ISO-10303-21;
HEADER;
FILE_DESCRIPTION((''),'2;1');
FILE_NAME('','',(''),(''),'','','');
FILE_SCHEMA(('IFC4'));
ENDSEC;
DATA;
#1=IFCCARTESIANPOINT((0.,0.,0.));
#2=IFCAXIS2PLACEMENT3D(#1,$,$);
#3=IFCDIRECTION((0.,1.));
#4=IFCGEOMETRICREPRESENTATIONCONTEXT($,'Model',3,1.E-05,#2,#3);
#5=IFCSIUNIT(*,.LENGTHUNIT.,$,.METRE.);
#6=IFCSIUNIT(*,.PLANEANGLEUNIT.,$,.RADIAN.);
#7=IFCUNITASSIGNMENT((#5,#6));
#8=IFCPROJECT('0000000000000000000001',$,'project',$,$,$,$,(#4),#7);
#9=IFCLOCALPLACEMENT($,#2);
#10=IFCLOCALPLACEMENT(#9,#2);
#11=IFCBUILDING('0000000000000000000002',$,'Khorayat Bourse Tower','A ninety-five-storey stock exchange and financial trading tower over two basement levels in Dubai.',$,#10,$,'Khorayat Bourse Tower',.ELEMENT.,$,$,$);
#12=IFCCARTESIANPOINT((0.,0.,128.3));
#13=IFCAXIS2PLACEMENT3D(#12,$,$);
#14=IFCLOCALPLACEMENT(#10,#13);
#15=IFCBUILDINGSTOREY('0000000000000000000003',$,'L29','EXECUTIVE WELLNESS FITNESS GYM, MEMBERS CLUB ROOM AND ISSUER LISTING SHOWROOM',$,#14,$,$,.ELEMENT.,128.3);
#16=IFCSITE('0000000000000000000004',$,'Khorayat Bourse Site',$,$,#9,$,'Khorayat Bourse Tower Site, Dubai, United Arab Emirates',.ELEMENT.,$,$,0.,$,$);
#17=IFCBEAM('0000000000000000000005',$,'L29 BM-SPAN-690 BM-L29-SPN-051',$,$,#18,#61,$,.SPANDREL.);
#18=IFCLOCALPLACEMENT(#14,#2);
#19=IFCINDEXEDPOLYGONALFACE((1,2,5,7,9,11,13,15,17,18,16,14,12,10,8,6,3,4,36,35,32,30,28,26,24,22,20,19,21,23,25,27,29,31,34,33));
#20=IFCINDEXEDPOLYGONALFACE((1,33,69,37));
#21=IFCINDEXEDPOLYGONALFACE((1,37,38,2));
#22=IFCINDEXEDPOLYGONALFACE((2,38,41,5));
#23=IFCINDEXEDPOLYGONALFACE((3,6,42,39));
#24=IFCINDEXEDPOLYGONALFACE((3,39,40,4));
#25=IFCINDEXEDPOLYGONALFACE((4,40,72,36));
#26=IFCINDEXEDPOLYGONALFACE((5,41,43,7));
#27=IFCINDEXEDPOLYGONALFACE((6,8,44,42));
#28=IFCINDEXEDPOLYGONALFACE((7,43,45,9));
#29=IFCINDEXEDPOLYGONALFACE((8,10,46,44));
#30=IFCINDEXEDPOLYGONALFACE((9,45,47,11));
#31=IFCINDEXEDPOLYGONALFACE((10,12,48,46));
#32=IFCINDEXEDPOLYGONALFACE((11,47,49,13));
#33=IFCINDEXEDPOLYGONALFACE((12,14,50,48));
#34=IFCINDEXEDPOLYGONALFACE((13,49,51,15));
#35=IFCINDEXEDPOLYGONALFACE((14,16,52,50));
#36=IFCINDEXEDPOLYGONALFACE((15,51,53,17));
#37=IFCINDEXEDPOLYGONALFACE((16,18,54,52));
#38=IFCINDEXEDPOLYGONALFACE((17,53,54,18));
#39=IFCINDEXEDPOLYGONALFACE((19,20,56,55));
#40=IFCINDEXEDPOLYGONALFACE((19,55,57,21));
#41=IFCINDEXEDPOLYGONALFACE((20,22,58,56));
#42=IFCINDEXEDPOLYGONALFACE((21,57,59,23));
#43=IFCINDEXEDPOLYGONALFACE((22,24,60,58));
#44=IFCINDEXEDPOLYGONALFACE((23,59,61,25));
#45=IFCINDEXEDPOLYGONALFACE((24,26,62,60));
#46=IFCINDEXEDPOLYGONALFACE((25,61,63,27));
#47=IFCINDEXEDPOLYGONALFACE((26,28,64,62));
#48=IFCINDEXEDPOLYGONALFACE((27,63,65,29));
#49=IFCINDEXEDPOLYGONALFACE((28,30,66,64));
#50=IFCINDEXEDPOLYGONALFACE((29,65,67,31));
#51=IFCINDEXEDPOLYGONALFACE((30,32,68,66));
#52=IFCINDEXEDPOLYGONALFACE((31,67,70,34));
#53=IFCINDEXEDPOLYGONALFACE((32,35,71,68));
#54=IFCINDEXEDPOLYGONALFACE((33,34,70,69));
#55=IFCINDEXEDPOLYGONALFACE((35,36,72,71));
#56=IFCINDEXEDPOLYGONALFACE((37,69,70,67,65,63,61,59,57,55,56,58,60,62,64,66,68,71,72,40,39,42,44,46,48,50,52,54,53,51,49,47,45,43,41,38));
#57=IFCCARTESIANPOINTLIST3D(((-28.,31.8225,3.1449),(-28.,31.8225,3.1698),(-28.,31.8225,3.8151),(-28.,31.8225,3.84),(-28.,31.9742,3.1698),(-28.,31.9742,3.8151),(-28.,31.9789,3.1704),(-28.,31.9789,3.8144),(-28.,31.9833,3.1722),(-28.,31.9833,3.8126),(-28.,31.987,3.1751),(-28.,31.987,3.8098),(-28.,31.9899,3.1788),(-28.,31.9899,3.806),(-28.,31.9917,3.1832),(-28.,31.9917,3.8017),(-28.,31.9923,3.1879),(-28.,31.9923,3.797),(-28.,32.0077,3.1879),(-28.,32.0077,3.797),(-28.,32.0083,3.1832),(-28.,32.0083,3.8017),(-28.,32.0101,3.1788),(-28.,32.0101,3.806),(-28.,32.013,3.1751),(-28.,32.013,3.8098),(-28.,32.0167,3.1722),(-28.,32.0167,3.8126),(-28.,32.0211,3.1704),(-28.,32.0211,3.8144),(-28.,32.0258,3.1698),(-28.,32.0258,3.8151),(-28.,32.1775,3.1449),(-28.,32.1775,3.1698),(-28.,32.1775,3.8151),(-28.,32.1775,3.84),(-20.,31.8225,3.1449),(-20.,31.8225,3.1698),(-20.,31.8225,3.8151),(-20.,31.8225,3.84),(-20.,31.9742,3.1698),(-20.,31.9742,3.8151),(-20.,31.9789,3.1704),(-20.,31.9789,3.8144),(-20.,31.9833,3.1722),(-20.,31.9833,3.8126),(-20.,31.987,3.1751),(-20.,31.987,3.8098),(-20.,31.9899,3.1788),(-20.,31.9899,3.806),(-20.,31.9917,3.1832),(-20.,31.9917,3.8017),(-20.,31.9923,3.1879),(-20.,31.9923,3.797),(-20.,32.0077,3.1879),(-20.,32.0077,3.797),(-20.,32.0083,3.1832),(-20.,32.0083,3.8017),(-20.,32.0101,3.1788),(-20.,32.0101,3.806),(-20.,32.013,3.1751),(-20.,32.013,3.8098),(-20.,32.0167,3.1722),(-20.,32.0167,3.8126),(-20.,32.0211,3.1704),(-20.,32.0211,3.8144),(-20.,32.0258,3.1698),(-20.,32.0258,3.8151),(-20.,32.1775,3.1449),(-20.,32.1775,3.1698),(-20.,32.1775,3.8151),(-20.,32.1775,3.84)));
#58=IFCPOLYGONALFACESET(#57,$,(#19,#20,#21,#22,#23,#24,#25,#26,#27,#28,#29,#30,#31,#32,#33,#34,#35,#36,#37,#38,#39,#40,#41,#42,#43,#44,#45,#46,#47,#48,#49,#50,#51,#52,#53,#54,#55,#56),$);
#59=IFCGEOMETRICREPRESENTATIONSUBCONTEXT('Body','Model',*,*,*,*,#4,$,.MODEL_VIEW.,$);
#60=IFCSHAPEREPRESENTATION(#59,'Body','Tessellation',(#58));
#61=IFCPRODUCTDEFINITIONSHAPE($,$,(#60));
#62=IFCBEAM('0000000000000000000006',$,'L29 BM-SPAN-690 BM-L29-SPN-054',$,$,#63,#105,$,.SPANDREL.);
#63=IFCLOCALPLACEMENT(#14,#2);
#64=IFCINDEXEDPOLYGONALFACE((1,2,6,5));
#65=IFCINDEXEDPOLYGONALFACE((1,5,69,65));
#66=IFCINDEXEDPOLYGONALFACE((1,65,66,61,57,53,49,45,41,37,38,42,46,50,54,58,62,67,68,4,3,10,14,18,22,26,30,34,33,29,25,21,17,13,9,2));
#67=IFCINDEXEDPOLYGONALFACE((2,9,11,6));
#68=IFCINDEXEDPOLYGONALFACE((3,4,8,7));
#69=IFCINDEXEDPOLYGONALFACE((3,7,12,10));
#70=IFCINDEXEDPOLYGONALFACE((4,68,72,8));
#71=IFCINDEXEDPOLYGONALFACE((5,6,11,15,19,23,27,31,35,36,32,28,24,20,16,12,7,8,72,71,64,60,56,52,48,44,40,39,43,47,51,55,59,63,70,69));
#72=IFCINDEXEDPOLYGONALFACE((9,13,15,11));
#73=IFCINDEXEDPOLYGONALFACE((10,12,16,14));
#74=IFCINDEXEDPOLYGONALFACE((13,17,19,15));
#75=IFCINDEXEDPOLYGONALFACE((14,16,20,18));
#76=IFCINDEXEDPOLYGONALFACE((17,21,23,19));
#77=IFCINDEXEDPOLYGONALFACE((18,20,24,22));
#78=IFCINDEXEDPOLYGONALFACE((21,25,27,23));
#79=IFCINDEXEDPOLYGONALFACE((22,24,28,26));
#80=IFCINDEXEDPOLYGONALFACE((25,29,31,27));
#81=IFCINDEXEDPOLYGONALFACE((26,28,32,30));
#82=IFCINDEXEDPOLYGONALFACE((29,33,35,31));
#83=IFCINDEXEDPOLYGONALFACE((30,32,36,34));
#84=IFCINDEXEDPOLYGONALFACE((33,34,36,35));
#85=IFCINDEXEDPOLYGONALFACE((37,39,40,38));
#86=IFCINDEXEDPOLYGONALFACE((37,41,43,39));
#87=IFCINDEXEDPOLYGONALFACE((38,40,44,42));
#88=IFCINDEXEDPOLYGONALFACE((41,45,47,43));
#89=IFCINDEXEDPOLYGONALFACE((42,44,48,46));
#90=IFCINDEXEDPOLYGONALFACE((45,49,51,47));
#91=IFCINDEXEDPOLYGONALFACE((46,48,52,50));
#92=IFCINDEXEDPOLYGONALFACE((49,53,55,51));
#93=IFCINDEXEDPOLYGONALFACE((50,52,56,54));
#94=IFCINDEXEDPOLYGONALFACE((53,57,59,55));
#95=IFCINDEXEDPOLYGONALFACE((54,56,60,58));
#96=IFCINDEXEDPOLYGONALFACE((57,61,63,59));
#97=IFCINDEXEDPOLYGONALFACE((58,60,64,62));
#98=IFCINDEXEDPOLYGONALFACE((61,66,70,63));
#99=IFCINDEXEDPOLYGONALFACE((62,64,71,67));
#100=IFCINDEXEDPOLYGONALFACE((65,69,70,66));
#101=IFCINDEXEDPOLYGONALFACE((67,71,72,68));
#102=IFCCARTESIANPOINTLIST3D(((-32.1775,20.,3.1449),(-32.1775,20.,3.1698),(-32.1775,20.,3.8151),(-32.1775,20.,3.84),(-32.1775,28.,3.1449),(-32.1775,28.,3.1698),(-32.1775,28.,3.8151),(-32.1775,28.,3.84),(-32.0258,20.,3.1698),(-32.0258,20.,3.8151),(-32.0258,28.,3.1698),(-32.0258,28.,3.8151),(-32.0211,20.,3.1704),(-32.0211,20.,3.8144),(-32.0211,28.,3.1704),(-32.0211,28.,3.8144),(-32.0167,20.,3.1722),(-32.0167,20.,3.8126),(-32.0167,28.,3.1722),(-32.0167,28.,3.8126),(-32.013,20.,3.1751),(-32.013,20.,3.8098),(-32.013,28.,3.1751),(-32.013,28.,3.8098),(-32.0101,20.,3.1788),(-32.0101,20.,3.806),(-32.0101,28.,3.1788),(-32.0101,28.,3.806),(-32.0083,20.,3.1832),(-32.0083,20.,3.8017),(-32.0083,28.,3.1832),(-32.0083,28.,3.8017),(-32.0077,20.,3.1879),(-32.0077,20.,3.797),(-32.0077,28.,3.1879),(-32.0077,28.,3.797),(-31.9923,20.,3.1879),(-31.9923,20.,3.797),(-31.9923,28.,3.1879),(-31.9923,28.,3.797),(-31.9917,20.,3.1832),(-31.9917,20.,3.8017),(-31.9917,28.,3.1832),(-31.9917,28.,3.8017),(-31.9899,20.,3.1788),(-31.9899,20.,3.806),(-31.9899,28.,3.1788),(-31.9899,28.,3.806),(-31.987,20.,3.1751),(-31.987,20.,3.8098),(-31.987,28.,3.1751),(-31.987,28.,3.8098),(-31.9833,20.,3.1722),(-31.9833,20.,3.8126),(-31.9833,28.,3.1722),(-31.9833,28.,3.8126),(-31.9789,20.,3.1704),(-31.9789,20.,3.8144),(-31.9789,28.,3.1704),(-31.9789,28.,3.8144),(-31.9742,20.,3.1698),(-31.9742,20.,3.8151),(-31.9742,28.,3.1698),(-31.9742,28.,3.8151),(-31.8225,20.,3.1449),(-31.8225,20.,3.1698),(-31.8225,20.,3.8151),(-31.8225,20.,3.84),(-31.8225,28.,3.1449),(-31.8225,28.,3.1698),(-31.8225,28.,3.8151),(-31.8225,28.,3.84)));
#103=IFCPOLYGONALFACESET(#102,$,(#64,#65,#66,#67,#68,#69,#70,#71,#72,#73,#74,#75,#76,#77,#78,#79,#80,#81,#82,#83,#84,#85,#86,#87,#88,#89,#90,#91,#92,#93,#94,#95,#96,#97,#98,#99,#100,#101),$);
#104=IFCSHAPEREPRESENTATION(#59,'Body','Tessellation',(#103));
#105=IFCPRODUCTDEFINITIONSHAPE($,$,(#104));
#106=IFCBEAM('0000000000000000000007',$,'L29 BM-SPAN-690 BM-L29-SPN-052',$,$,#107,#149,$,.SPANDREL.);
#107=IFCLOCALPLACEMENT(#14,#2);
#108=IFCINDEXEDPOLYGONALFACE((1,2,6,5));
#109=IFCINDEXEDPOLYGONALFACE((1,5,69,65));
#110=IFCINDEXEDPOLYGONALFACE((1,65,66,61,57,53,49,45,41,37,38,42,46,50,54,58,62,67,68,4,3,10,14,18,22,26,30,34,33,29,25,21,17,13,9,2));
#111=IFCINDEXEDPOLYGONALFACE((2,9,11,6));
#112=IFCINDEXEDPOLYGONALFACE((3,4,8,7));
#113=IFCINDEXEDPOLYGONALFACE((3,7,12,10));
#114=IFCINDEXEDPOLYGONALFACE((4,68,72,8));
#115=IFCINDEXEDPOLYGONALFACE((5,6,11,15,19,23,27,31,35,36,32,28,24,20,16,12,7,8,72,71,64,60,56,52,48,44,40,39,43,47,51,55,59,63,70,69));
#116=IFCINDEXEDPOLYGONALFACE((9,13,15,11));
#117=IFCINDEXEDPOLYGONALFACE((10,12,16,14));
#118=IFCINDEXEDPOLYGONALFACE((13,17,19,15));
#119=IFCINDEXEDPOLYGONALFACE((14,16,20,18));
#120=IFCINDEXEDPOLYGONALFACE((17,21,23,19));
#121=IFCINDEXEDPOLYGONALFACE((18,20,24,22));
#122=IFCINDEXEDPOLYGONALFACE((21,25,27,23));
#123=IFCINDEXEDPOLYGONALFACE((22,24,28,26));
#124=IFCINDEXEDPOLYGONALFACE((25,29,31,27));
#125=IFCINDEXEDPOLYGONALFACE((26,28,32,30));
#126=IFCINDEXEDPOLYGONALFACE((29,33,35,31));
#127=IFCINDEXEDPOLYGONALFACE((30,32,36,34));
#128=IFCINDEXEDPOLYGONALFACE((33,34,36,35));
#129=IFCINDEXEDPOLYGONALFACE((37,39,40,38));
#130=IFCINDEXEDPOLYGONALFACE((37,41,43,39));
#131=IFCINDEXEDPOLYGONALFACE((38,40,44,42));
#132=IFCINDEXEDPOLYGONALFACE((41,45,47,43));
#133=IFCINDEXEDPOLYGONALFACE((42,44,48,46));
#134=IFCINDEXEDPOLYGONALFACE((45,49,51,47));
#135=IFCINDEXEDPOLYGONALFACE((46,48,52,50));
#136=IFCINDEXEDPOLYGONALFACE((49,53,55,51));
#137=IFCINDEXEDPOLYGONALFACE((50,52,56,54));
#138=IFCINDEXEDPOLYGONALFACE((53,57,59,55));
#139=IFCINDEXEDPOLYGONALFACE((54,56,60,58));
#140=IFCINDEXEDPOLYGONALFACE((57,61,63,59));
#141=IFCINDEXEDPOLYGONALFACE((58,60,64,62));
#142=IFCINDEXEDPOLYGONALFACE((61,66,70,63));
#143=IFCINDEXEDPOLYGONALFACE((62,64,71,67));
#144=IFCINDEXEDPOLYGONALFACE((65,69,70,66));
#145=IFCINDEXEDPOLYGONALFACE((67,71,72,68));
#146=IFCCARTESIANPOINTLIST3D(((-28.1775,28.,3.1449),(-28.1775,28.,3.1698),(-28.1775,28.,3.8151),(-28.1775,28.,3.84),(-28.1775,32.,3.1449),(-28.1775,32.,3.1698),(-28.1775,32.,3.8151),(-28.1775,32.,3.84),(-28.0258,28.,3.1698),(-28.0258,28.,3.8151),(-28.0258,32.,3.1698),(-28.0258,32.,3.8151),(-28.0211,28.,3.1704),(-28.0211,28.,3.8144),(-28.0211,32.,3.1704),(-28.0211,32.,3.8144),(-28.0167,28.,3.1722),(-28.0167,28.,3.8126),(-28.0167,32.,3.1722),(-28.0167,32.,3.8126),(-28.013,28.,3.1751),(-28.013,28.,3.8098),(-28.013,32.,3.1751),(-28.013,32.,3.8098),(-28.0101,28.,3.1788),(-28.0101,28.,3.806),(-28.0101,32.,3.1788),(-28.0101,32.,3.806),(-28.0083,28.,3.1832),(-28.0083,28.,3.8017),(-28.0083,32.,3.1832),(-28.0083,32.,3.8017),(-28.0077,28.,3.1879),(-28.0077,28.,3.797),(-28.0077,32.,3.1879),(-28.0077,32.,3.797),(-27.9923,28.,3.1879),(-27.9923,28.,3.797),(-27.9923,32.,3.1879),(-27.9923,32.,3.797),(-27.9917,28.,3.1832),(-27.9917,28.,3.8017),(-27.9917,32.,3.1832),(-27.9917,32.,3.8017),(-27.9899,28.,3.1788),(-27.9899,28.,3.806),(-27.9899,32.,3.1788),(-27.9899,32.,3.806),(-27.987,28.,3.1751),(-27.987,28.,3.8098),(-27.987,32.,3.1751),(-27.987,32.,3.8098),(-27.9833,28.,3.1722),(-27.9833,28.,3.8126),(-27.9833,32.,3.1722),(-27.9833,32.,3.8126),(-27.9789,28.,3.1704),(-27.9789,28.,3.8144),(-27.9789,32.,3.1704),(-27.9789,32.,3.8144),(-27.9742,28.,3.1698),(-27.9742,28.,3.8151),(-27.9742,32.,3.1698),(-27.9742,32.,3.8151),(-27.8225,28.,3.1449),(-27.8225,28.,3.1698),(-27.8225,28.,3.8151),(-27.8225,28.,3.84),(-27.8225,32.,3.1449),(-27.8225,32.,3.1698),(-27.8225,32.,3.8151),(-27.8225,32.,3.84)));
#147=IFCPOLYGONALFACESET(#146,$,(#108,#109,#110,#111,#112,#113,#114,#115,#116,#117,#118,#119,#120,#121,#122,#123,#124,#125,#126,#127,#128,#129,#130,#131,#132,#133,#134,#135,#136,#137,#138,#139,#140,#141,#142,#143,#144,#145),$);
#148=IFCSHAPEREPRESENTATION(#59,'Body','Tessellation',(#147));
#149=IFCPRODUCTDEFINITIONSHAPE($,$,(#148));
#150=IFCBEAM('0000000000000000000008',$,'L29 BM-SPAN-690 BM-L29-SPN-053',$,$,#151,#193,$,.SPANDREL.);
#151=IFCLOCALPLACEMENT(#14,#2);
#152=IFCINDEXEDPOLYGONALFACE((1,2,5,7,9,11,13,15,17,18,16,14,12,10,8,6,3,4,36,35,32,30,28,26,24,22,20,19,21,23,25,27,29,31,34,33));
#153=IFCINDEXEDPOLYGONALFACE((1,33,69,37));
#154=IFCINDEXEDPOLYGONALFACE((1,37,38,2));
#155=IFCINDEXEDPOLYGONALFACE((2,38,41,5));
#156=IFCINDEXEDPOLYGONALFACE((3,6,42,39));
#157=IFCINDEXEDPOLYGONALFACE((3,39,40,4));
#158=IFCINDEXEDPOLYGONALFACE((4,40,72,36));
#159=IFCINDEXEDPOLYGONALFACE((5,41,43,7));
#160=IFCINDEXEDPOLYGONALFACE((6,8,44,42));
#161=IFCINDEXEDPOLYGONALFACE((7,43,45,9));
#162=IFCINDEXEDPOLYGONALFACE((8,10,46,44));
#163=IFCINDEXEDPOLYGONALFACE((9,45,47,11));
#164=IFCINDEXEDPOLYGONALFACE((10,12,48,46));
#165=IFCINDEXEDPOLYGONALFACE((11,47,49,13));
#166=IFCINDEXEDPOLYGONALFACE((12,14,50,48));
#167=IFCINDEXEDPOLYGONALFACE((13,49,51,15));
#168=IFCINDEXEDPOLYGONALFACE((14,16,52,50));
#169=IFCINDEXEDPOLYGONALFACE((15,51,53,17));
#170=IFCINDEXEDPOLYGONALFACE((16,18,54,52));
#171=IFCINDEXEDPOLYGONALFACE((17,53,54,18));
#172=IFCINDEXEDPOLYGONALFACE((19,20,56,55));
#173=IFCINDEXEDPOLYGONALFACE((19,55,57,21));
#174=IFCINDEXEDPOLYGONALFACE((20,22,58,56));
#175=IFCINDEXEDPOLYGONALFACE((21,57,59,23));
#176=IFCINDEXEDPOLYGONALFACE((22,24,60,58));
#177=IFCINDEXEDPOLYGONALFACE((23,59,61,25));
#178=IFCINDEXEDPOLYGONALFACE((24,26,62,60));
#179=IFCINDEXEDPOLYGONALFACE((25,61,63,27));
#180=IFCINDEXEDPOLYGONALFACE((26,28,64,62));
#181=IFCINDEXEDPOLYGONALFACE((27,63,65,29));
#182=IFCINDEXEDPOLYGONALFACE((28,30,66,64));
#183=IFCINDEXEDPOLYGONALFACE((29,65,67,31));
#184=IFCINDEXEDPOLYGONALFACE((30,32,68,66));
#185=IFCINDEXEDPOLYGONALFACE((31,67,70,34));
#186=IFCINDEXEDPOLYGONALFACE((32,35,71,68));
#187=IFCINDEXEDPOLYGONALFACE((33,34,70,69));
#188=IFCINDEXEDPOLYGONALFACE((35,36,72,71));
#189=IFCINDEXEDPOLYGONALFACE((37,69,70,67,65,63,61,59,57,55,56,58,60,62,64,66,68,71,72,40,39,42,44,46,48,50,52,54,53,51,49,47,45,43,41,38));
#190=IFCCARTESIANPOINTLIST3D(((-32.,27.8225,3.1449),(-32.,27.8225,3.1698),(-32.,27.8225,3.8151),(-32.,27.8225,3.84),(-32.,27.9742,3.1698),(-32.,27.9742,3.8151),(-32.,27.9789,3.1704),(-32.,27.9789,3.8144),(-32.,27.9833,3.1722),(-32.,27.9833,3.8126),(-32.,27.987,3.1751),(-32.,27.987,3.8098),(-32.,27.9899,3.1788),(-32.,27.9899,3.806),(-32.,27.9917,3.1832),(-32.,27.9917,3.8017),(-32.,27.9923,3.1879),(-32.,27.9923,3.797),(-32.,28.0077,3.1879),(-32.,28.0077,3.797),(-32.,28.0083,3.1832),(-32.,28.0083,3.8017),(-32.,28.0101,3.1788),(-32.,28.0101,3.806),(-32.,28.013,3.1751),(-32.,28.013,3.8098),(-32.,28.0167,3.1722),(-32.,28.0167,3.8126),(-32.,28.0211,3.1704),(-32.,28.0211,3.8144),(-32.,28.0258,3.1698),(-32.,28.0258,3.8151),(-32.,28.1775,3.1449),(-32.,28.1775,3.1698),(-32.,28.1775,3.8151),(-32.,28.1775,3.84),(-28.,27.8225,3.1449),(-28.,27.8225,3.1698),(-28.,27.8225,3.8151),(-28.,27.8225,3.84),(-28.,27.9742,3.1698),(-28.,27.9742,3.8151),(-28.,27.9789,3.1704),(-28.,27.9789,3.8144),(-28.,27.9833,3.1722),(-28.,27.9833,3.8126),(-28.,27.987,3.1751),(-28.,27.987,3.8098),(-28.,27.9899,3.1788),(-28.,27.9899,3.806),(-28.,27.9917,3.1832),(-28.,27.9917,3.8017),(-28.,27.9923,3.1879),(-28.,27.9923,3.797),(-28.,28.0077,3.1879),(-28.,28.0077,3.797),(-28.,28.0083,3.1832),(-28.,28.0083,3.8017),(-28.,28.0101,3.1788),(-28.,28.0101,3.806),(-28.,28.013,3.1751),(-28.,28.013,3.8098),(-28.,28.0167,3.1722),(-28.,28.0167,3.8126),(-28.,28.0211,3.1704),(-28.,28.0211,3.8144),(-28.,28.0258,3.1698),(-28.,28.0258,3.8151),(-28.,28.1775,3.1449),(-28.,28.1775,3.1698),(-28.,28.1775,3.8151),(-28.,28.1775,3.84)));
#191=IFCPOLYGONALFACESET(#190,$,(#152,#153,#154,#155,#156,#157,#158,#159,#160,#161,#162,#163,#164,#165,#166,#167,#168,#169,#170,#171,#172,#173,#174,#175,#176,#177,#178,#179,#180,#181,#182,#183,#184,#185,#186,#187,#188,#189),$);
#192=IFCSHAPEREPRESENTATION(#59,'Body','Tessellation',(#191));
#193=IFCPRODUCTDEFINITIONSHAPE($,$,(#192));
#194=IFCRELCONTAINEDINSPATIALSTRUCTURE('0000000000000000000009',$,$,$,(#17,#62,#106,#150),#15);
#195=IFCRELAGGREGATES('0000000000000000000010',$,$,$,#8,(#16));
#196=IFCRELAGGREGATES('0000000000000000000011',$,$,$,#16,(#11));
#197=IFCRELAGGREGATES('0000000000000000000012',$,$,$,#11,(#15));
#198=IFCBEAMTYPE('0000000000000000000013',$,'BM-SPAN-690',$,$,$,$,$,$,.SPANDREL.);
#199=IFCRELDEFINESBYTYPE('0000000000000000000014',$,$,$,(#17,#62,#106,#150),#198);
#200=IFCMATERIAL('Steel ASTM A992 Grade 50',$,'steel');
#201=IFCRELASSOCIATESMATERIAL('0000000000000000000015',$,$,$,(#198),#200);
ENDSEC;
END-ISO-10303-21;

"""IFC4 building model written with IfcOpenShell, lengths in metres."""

from ifc_helpers import new_model, si_unit, direction, frame, origin, origin_2d, place, context, subcontext, project, spatial, i_section, extrude, source, transform, mapped, material, material_profile, profile_set, type_object, element, save


model = new_model("IFC4")

# Units and contexts
model_context = context("Model", 3, precision=1e-05, world=origin(), true_north=direction((0.0, 1.0)))
body_context = subcontext(model_context, "Body", "Model", "MODEL_VIEW")
ifc_project = project(units=[si_unit("LENGTHUNIT", "METRE"), si_unit("PLANEANGLEUNIT", "RADIAN")], contexts=[model_context])

# Site, building, storey
site_placement = place(None, origin())
site = spatial("IfcSite", under=ifc_project, at=site_placement, Name="Khorayat Bourse Site", LongName="Khorayat Bourse Tower Site, Dubai, United Arab Emirates", CompositionType="ELEMENT", RefElevation=0.0)
building_placement = place(site_placement, origin())
building = spatial("IfcBuilding", under=site, at=building_placement, Name="Khorayat Bourse Tower", Description="A ninety-five-storey stock exchange and financial trading tower over two basement levels in Dubai.", LongName="Khorayat Bourse Tower", CompositionType="ELEMENT")
storey_placement = place(building_placement, frame((0.0, 0.0, 128.3)))
storey = spatial("IfcBuildingStorey", under=building, at=storey_placement, Name="L29", Description="EXECUTIVE WELLNESS FITNESS GYM, MEMBERS CLUB ROOM AND ISSUER LISTING SHOWROOM", CompositionType="ELEMENT", Elevation=128.3)

# Beams
ifc_material_1 = material(Name="Steel ASTM A992 Grade 50", Category="steel")
ifc_material_profile_1 = material_profile(ifc_material_1, i_section(OverallWidth=0.355, OverallDepth=0.6951, WebThickness=0.0154, FlangeThickness=0.0249, FilletRadius=0.0181, at=origin_2d()), Name="W690X217")
ifc_profile_set_1 = profile_set([ifc_material_profile_1], Name="Steel ASTM A992 Grade 50")
beam_type_1 = type_object("IfcBeamType", Name="BM-SPAN-690", PredefinedType="SPANDREL", material=ifc_profile_set_1)
shared_shape_1 = source(origin(), body_context, "Body", "SweptSolid", [
    extrude(i_section(OverallWidth=0.355, OverallDepth=0.6951, WebThickness=0.0154, FlangeThickness=0.0249, FilletRadius=0.0181, at=origin_2d()), origin(), (0.0, 0.0, 1.0), 8.0),
])
for number, where, z_axis, x_axis, name in (
    (1, (-28.0, 32.0, 3.4924), (1.0, 0.0, 0.0), (0.0, 1.0, 0.0), "L29 BM-SPAN-690 BM-L29-SPN-051"),
    (2, (-32.0, 20.0, 3.4924), (0.0, 1.0, 0.0), (-1.0, 0.0, 0.0), "L29 BM-SPAN-690 BM-L29-SPN-054"),
):
    element("IfcBeam", number, at=place(storey_placement, frame(where, z_axis=z_axis, x_axis=x_axis)), inside=storey, type_object=beam_type_1, Name=name, PredefinedType="SPANDREL", context=body_context, shape_type="MappedRepresentation", body=[
        mapped(shared_shape_1, transform((0.0, 0.0, 0.0), scale=1.0)),
    ])
shared_shape_2 = source(origin(), body_context, "Body", "SweptSolid", [
    extrude(i_section(OverallWidth=0.355, OverallDepth=0.6951, WebThickness=0.0154, FlangeThickness=0.0249, FilletRadius=0.0181, at=origin_2d()), origin(), (0.0, 0.0, 1.0), 4.0),
])
for number, where, z_axis, x_axis, name in (
    (3, (-28.0, 28.0, 3.4924), (0.0, 1.0, 0.0), (-1.0, 0.0, 0.0), "L29 BM-SPAN-690 BM-L29-SPN-052"),
    (4, (-32.0, 28.0, 3.4924), (1.0, 0.0, 0.0), (0.0, 1.0, 0.0), "L29 BM-SPAN-690 BM-L29-SPN-053"),
):
    element("IfcBeam", number, at=place(storey_placement, frame(where, z_axis=z_axis, x_axis=x_axis)), inside=storey, type_object=beam_type_1, Name=name, PredefinedType="SPANDREL", context=body_context, shape_type="MappedRepresentation", body=[
        mapped(shared_shape_2, transform((0.0, 0.0, 0.0), scale=1.0)),
    ])

save(model, "model.ifc")
